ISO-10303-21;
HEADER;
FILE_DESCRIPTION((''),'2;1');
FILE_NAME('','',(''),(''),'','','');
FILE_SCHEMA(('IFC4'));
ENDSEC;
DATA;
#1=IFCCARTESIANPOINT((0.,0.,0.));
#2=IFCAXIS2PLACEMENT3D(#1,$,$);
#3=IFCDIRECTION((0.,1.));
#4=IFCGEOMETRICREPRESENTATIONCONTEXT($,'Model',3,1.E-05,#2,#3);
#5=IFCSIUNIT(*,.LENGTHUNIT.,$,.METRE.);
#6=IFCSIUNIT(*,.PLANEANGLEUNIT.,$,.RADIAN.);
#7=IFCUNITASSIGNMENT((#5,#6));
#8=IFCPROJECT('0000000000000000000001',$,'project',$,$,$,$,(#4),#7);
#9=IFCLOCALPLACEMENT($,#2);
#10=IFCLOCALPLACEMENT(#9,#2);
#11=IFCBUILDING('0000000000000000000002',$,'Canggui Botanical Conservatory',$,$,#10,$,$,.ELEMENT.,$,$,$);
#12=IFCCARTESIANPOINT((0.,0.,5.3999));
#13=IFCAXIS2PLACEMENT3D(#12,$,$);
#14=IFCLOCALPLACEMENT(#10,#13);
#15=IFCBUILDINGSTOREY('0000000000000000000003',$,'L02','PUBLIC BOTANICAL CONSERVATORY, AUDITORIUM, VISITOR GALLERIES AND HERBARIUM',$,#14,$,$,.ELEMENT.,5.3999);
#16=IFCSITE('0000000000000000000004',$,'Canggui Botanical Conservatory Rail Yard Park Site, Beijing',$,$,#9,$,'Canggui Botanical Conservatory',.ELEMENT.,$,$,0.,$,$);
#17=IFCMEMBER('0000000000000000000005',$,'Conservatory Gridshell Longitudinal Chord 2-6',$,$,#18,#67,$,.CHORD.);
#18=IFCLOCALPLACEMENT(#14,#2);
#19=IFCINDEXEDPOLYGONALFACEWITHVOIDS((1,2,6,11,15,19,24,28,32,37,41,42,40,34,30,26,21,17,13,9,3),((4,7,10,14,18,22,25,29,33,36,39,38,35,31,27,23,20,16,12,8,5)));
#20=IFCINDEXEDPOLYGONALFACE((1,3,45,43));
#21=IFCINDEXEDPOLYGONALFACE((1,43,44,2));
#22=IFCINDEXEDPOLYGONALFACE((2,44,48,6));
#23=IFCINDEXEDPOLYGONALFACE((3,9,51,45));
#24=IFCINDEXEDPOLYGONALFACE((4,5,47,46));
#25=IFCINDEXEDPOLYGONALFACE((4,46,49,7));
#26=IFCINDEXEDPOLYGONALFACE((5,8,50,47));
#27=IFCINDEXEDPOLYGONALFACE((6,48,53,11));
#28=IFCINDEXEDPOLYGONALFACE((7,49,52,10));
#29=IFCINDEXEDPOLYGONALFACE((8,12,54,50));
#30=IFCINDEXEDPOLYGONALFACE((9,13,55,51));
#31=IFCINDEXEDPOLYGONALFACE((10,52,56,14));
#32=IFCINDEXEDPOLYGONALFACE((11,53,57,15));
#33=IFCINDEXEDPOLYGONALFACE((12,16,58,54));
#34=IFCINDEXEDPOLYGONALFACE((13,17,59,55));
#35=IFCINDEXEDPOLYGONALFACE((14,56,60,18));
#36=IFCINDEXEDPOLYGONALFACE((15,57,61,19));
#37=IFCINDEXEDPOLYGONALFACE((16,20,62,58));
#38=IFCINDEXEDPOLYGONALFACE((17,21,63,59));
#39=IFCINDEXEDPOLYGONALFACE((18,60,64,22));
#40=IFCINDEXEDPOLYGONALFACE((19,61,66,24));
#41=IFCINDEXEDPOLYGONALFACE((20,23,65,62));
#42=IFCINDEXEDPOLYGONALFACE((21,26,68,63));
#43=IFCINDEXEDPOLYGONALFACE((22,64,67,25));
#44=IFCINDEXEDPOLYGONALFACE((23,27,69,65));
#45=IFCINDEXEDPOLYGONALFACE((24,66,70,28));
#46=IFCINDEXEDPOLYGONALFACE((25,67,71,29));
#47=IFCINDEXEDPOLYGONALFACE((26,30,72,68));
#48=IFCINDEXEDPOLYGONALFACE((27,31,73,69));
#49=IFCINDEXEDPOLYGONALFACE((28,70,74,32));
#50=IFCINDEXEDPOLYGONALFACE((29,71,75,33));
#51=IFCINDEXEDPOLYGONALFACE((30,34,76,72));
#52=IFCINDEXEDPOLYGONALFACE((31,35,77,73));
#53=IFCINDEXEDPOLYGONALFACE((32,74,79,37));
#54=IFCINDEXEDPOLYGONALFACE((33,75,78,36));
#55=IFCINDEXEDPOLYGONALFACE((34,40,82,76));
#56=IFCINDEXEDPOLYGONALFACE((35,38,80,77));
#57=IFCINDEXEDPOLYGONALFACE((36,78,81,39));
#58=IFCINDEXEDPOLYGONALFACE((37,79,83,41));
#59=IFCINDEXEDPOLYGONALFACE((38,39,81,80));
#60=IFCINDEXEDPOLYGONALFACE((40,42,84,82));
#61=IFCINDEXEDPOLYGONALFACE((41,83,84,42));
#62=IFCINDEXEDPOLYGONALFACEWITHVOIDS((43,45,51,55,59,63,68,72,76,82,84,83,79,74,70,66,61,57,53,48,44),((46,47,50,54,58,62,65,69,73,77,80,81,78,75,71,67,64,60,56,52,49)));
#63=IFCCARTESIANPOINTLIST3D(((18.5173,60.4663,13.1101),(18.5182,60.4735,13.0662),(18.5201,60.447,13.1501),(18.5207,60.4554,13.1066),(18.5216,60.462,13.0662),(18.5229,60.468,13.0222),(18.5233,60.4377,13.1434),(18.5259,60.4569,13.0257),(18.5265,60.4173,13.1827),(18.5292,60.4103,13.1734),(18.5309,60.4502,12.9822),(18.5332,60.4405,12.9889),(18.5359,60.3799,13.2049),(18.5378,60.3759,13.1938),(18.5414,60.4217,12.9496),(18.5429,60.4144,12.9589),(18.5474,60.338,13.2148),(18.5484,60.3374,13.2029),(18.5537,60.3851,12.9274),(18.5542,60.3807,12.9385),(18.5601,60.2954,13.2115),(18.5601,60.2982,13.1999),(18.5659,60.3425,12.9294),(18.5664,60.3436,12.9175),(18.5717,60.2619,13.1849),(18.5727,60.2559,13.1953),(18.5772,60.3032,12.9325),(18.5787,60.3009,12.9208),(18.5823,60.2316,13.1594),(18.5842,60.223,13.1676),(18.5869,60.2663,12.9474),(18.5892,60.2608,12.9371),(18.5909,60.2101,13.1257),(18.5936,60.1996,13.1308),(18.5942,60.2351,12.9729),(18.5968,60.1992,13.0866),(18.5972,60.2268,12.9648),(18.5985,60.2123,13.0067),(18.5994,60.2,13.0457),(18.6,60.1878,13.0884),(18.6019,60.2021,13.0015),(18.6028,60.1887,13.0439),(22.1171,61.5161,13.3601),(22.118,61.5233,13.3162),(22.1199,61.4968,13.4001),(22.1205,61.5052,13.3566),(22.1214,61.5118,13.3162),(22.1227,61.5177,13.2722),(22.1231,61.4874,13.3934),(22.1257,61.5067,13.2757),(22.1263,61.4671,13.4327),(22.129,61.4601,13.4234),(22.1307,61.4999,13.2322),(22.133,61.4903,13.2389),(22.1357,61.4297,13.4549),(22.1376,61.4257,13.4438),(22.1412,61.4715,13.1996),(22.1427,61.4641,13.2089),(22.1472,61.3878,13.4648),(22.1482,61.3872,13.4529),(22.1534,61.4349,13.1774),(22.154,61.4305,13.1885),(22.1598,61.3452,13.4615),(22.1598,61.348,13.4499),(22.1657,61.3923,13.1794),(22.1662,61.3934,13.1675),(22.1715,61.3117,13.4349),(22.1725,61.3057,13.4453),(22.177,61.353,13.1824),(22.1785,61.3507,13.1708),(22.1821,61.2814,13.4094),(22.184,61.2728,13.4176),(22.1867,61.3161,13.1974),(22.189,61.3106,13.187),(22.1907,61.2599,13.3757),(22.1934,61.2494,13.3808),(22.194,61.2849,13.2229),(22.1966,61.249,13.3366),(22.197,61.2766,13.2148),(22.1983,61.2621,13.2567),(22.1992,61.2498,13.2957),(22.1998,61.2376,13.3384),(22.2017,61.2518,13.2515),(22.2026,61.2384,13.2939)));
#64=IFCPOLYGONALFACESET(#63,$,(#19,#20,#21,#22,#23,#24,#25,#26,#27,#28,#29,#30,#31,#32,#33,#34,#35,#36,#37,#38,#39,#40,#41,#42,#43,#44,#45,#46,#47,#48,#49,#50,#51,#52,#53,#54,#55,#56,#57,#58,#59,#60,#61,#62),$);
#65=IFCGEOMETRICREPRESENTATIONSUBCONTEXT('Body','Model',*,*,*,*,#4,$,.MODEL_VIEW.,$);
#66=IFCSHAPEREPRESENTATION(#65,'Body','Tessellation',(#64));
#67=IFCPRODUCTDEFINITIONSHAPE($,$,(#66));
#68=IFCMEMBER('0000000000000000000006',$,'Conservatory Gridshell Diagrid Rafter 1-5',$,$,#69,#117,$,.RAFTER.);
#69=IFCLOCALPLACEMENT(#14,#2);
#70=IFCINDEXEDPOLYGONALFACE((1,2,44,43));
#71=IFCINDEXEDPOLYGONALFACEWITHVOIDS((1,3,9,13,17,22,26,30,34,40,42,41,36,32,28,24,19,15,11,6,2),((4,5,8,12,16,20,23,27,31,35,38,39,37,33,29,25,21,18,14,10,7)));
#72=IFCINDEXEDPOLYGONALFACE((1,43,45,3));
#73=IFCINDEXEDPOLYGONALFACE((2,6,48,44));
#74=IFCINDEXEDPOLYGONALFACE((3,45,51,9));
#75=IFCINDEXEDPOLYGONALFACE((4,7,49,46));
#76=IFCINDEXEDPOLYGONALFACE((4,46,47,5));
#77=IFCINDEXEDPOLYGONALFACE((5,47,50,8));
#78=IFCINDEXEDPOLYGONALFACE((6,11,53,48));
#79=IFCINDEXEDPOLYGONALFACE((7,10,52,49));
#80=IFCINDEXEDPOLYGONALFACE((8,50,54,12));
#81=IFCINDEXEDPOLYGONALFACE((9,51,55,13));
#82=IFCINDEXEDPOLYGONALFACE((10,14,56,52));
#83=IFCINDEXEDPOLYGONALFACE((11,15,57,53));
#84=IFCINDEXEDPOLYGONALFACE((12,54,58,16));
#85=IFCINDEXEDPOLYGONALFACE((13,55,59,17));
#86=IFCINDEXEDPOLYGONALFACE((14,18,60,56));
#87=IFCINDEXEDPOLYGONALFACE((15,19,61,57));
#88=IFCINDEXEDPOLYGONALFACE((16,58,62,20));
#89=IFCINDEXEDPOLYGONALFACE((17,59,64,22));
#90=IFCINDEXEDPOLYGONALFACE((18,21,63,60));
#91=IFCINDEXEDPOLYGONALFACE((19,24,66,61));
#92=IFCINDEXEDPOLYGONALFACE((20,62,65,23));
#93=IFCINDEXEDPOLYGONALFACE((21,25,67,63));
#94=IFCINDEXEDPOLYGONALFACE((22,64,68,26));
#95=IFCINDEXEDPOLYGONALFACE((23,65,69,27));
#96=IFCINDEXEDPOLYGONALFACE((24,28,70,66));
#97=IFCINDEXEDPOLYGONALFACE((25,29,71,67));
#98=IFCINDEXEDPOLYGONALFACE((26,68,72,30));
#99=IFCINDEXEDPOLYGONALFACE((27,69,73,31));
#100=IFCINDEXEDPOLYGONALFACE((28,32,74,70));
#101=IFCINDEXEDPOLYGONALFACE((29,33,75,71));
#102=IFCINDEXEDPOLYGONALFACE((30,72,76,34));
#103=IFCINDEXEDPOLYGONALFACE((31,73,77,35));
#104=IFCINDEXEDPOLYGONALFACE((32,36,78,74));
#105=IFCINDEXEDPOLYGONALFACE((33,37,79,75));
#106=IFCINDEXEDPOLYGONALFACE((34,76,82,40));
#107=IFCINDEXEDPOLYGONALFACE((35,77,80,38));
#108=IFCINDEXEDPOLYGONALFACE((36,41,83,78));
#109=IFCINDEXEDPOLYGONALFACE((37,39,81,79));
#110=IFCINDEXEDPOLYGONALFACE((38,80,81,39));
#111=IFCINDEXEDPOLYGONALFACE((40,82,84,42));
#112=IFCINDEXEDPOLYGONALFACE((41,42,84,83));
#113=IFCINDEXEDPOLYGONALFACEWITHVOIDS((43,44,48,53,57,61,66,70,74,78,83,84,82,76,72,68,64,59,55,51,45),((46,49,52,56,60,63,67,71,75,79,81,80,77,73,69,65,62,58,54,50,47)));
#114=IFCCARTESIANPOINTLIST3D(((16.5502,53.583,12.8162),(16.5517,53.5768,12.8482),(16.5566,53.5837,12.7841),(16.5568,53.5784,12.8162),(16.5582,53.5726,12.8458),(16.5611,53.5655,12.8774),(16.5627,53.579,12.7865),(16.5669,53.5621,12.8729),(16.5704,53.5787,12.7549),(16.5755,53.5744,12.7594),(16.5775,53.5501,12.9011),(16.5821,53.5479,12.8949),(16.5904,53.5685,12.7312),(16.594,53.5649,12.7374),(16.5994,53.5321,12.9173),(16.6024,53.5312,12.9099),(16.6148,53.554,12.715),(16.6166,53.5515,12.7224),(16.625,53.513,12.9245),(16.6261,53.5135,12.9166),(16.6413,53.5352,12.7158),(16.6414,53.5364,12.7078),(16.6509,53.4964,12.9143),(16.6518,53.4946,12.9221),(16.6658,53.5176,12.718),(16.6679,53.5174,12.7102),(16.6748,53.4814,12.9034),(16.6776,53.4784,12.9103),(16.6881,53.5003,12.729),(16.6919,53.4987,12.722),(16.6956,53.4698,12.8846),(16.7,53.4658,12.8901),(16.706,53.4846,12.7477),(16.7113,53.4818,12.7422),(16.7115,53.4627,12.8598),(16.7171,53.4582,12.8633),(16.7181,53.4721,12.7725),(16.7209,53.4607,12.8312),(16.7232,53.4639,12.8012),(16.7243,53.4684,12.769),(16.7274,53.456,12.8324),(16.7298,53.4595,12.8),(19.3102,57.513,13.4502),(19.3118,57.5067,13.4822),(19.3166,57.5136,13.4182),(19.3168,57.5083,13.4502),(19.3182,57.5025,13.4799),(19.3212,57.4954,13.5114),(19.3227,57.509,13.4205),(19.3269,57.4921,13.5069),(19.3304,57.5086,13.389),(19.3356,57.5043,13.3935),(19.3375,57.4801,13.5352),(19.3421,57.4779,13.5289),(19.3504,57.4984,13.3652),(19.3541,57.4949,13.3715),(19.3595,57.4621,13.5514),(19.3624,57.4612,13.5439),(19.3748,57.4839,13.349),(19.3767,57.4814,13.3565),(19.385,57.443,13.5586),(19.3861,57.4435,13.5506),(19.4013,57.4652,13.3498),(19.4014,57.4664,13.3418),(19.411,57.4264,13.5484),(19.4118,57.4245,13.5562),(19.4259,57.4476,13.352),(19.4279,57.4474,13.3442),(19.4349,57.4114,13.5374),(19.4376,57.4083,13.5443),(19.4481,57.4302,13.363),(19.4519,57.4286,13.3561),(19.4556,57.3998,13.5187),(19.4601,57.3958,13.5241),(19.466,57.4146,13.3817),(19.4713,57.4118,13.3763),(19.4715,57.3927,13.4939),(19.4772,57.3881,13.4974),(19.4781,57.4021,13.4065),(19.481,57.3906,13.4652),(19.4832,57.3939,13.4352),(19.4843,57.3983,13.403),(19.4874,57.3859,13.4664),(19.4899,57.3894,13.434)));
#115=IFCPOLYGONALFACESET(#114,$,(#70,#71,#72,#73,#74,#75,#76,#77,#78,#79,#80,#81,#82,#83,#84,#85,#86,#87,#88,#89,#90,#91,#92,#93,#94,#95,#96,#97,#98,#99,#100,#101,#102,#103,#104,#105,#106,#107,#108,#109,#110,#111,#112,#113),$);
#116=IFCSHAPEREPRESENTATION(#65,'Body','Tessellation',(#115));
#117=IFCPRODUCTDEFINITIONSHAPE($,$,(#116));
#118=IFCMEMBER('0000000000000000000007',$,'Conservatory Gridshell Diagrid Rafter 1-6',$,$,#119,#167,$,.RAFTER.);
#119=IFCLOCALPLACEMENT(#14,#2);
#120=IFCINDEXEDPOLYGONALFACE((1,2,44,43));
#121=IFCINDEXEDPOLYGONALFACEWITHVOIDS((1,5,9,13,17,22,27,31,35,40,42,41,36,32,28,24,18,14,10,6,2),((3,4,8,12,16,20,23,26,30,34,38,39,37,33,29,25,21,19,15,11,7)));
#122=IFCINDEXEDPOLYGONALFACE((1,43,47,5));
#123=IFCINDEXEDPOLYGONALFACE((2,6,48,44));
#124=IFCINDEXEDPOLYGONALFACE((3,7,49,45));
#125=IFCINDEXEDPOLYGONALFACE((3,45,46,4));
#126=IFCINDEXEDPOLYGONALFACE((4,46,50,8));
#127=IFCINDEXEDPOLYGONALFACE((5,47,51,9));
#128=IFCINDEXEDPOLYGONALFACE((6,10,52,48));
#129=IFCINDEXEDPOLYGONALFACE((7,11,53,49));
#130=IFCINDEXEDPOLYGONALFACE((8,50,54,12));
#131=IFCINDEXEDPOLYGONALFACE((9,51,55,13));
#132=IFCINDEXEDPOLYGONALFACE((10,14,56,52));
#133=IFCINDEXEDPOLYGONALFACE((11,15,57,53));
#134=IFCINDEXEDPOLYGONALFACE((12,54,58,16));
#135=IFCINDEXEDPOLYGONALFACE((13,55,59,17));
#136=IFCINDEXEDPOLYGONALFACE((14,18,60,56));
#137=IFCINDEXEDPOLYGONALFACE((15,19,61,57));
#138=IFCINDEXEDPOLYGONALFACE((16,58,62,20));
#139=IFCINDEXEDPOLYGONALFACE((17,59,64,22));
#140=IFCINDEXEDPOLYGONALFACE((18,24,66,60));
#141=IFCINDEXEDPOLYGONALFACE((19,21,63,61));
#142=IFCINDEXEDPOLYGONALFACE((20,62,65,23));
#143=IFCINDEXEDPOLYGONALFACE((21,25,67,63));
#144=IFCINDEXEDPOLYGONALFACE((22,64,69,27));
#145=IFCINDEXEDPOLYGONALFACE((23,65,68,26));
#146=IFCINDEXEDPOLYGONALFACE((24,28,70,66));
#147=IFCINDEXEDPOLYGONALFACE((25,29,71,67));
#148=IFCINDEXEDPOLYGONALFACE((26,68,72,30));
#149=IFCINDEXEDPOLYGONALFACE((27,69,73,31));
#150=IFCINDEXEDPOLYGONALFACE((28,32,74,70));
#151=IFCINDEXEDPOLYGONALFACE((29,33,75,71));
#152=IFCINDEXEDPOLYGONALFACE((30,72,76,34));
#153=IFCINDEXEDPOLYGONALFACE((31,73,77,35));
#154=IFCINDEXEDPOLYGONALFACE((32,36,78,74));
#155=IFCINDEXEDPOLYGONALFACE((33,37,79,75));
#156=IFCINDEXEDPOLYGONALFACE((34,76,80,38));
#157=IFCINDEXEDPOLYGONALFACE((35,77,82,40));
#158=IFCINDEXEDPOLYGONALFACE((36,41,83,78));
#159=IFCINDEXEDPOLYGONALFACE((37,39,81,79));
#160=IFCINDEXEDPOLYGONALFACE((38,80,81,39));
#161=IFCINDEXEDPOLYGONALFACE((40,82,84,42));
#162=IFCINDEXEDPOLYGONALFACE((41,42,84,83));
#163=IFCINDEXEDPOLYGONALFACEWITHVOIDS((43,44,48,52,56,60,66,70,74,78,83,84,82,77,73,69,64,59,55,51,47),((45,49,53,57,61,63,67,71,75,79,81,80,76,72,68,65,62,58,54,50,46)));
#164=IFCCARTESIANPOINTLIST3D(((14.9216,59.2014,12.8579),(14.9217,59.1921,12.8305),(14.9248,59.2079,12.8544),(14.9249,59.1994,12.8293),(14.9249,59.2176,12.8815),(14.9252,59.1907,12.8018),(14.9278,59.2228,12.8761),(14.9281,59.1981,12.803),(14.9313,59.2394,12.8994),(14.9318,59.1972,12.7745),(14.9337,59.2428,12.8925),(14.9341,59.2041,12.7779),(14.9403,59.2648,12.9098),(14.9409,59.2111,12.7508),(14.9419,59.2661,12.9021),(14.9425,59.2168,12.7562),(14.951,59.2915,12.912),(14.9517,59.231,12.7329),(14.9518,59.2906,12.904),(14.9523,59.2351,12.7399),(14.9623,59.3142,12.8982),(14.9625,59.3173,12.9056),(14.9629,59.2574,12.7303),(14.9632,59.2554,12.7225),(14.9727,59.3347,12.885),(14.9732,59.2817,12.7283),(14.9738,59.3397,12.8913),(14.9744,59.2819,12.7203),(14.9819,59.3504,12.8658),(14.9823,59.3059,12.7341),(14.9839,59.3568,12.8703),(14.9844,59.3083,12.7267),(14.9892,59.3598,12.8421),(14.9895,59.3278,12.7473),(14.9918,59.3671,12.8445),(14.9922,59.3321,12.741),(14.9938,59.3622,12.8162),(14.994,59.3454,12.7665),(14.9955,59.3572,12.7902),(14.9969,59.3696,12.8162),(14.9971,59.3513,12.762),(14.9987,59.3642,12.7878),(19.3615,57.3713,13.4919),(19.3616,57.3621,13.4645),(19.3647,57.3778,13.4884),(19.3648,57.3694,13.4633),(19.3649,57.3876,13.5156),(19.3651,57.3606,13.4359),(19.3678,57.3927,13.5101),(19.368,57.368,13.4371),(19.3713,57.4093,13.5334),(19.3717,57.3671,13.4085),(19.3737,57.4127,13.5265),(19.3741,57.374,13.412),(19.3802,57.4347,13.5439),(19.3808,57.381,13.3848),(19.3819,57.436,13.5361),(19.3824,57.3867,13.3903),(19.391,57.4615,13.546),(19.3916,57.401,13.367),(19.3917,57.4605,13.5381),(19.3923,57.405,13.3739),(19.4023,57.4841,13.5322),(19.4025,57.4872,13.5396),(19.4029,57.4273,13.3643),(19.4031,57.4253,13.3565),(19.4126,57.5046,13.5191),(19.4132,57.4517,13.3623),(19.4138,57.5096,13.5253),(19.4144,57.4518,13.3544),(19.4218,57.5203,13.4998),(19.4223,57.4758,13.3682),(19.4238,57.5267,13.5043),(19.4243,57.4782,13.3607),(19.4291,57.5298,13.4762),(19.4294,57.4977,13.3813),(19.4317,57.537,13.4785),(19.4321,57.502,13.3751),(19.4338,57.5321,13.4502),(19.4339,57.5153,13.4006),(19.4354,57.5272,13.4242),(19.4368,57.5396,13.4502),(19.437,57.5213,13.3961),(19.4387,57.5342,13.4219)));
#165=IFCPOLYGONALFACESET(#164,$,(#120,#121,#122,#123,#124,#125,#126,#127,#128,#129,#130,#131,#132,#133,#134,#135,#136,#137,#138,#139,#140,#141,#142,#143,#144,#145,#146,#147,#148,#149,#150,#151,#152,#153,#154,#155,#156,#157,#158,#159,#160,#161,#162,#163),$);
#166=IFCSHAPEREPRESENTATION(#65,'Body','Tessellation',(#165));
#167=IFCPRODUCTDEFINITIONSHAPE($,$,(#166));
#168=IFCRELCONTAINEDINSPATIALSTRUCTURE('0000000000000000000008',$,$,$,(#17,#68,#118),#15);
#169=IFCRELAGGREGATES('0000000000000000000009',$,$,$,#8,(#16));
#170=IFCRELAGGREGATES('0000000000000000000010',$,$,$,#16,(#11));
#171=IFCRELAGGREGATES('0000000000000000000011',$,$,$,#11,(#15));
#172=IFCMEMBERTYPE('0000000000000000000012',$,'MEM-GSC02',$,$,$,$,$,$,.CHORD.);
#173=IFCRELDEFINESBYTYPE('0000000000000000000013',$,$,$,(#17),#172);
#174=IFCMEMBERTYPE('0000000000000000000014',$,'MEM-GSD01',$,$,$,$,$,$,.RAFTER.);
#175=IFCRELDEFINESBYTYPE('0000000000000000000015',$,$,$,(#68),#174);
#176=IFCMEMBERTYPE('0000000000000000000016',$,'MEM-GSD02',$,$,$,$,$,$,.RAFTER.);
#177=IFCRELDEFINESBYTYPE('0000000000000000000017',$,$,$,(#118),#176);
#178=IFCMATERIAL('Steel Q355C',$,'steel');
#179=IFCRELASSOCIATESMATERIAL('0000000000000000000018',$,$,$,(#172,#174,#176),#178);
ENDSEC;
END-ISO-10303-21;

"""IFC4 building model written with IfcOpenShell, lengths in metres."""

from ifc_helpers import new_model, si_unit, direction, frame, origin, origin_2d, place, context, subcontext, project, spatial, hollow_circle, extrude, material, material_profile, profile_set, type_object, element, save


model = new_model("IFC4")

# Units and contexts
model_context = context("Model", 3, precision=1e-05, world=origin(), true_north=direction((0.0, 1.0)))
body_context = subcontext(model_context, "Body", "Model", "MODEL_VIEW")
ifc_project = project(units=[si_unit("LENGTHUNIT", "METRE"), si_unit("PLANEANGLEUNIT", "RADIAN")], contexts=[model_context])

# Site, building, storey
site_placement = place(None, origin())
site = spatial("IfcSite", under=ifc_project, at=site_placement, Name="Canggui Botanical Conservatory Rail Yard Park Site, Beijing", LongName="Canggui Botanical Conservatory", CompositionType="ELEMENT", RefElevation=0.0)
building_placement = place(site_placement, origin())
building = spatial("IfcBuilding", under=site, at=building_placement, Name="Canggui Botanical Conservatory", CompositionType="ELEMENT")
storey_placement = place(building_placement, frame((0.0, 0.0, 5.3999)))
storey = spatial("IfcBuildingStorey", under=building, at=storey_placement, Name="L02", Description="PUBLIC BOTANICAL CONSERVATORY, AUDITORIUM, VISITOR GALLERIES AND HERBARIUM", CompositionType="ELEMENT", Elevation=5.3999)

# Shared definitions
ifc_material_1 = material(Name="Steel Q355C", Category="steel")

# Members
ifc_material_profile_1 = material_profile(ifc_material_1, hollow_circle(Radius=0.1494, WallThickness=0.012, at=origin_2d()), Name="CHS 299x12")
ifc_profile_set_1 = profile_set([ifc_material_profile_1], Name="Steel Q355C")
member_type_1 = type_object("IfcMemberType", Name="MEM-GSC02", PredefinedType="CHORD", material=ifc_profile_set_1)
member_1_placement = place(storey_placement, frame((18.5601, 60.3301, 13.0662), z_axis=(0.957884, 0.279342, 0.066522), x_axis=(-0.279962, 0.960011, 0.0)))
element("IfcMember", 1, at=member_1_placement, inside=storey, type_object=member_type_1, Name="Conservatory Gridshell Longitudinal Chord 2-6", PredefinedType="CHORD", context=body_context, shape_type="SweptSolid", body=[
    extrude(hollow_circle(Radius=0.1494, WallThickness=0.012, at=origin_2d()), origin(), (0.0, 0.0, 1.0), 3.7581),
])
ifc_material_profile_2 = material_profile(ifc_material_1, hollow_circle(Radius=0.1096, WallThickness=0.0081, at=origin_2d()), Name="CHS 219x8")
ifc_profile_set_2 = profile_set([ifc_material_profile_2], Name="Steel Q355C")
member_type_2 = type_object("IfcMemberType", Name="MEM-GSD01", PredefinedType="RAFTER", material=ifc_profile_set_2)
member_2_placement = place(storey_placement, frame((16.6399, 53.52, 12.8162), z_axis=(0.569783, 0.811304, 0.130891), x_axis=(-0.818345, 0.574728, 0.0)))
element("IfcMember", 2, at=member_2_placement, inside=storey, type_object=member_type_2, Name="Conservatory Gridshell Diagrid Rafter 1-5", PredefinedType="RAFTER", context=body_context, shape_type="SweptSolid", body=[
    extrude(hollow_circle(Radius=0.1096, WallThickness=0.0081, at=origin_2d()), origin(), (0.0, 0.0, 1.0), 4.844),
])
ifc_material_profile_3 = material_profile(ifc_material_1, hollow_circle(Radius=0.0969, WallThickness=0.0081, at=origin_2d()), Name="CHS 194x8")
ifc_profile_set_3 = profile_set([ifc_material_profile_3], Name="Steel Q355C")
member_type_3 = type_object("IfcMemberType", Name="MEM-GSD02", PredefinedType="RAFTER", material=ifc_profile_set_3)
member_3_placement = place(storey_placement, frame((14.96, 59.28, 12.8162), z_axis=(0.916587, -0.377804, 0.130891), x_axis=(0.381082, 0.924541, 0.0)))
element("IfcMember", 3, at=member_3_placement, inside=storey, type_object=member_type_3, Name="Conservatory Gridshell Diagrid Rafter 1-6", PredefinedType="RAFTER", context=body_context, shape_type="SweptSolid", body=[
    extrude(hollow_circle(Radius=0.0969, WallThickness=0.0081, at=origin_2d()), origin(), (0.0, 0.0, 1.0), 4.844),
])

save(model, "model.ifc")
